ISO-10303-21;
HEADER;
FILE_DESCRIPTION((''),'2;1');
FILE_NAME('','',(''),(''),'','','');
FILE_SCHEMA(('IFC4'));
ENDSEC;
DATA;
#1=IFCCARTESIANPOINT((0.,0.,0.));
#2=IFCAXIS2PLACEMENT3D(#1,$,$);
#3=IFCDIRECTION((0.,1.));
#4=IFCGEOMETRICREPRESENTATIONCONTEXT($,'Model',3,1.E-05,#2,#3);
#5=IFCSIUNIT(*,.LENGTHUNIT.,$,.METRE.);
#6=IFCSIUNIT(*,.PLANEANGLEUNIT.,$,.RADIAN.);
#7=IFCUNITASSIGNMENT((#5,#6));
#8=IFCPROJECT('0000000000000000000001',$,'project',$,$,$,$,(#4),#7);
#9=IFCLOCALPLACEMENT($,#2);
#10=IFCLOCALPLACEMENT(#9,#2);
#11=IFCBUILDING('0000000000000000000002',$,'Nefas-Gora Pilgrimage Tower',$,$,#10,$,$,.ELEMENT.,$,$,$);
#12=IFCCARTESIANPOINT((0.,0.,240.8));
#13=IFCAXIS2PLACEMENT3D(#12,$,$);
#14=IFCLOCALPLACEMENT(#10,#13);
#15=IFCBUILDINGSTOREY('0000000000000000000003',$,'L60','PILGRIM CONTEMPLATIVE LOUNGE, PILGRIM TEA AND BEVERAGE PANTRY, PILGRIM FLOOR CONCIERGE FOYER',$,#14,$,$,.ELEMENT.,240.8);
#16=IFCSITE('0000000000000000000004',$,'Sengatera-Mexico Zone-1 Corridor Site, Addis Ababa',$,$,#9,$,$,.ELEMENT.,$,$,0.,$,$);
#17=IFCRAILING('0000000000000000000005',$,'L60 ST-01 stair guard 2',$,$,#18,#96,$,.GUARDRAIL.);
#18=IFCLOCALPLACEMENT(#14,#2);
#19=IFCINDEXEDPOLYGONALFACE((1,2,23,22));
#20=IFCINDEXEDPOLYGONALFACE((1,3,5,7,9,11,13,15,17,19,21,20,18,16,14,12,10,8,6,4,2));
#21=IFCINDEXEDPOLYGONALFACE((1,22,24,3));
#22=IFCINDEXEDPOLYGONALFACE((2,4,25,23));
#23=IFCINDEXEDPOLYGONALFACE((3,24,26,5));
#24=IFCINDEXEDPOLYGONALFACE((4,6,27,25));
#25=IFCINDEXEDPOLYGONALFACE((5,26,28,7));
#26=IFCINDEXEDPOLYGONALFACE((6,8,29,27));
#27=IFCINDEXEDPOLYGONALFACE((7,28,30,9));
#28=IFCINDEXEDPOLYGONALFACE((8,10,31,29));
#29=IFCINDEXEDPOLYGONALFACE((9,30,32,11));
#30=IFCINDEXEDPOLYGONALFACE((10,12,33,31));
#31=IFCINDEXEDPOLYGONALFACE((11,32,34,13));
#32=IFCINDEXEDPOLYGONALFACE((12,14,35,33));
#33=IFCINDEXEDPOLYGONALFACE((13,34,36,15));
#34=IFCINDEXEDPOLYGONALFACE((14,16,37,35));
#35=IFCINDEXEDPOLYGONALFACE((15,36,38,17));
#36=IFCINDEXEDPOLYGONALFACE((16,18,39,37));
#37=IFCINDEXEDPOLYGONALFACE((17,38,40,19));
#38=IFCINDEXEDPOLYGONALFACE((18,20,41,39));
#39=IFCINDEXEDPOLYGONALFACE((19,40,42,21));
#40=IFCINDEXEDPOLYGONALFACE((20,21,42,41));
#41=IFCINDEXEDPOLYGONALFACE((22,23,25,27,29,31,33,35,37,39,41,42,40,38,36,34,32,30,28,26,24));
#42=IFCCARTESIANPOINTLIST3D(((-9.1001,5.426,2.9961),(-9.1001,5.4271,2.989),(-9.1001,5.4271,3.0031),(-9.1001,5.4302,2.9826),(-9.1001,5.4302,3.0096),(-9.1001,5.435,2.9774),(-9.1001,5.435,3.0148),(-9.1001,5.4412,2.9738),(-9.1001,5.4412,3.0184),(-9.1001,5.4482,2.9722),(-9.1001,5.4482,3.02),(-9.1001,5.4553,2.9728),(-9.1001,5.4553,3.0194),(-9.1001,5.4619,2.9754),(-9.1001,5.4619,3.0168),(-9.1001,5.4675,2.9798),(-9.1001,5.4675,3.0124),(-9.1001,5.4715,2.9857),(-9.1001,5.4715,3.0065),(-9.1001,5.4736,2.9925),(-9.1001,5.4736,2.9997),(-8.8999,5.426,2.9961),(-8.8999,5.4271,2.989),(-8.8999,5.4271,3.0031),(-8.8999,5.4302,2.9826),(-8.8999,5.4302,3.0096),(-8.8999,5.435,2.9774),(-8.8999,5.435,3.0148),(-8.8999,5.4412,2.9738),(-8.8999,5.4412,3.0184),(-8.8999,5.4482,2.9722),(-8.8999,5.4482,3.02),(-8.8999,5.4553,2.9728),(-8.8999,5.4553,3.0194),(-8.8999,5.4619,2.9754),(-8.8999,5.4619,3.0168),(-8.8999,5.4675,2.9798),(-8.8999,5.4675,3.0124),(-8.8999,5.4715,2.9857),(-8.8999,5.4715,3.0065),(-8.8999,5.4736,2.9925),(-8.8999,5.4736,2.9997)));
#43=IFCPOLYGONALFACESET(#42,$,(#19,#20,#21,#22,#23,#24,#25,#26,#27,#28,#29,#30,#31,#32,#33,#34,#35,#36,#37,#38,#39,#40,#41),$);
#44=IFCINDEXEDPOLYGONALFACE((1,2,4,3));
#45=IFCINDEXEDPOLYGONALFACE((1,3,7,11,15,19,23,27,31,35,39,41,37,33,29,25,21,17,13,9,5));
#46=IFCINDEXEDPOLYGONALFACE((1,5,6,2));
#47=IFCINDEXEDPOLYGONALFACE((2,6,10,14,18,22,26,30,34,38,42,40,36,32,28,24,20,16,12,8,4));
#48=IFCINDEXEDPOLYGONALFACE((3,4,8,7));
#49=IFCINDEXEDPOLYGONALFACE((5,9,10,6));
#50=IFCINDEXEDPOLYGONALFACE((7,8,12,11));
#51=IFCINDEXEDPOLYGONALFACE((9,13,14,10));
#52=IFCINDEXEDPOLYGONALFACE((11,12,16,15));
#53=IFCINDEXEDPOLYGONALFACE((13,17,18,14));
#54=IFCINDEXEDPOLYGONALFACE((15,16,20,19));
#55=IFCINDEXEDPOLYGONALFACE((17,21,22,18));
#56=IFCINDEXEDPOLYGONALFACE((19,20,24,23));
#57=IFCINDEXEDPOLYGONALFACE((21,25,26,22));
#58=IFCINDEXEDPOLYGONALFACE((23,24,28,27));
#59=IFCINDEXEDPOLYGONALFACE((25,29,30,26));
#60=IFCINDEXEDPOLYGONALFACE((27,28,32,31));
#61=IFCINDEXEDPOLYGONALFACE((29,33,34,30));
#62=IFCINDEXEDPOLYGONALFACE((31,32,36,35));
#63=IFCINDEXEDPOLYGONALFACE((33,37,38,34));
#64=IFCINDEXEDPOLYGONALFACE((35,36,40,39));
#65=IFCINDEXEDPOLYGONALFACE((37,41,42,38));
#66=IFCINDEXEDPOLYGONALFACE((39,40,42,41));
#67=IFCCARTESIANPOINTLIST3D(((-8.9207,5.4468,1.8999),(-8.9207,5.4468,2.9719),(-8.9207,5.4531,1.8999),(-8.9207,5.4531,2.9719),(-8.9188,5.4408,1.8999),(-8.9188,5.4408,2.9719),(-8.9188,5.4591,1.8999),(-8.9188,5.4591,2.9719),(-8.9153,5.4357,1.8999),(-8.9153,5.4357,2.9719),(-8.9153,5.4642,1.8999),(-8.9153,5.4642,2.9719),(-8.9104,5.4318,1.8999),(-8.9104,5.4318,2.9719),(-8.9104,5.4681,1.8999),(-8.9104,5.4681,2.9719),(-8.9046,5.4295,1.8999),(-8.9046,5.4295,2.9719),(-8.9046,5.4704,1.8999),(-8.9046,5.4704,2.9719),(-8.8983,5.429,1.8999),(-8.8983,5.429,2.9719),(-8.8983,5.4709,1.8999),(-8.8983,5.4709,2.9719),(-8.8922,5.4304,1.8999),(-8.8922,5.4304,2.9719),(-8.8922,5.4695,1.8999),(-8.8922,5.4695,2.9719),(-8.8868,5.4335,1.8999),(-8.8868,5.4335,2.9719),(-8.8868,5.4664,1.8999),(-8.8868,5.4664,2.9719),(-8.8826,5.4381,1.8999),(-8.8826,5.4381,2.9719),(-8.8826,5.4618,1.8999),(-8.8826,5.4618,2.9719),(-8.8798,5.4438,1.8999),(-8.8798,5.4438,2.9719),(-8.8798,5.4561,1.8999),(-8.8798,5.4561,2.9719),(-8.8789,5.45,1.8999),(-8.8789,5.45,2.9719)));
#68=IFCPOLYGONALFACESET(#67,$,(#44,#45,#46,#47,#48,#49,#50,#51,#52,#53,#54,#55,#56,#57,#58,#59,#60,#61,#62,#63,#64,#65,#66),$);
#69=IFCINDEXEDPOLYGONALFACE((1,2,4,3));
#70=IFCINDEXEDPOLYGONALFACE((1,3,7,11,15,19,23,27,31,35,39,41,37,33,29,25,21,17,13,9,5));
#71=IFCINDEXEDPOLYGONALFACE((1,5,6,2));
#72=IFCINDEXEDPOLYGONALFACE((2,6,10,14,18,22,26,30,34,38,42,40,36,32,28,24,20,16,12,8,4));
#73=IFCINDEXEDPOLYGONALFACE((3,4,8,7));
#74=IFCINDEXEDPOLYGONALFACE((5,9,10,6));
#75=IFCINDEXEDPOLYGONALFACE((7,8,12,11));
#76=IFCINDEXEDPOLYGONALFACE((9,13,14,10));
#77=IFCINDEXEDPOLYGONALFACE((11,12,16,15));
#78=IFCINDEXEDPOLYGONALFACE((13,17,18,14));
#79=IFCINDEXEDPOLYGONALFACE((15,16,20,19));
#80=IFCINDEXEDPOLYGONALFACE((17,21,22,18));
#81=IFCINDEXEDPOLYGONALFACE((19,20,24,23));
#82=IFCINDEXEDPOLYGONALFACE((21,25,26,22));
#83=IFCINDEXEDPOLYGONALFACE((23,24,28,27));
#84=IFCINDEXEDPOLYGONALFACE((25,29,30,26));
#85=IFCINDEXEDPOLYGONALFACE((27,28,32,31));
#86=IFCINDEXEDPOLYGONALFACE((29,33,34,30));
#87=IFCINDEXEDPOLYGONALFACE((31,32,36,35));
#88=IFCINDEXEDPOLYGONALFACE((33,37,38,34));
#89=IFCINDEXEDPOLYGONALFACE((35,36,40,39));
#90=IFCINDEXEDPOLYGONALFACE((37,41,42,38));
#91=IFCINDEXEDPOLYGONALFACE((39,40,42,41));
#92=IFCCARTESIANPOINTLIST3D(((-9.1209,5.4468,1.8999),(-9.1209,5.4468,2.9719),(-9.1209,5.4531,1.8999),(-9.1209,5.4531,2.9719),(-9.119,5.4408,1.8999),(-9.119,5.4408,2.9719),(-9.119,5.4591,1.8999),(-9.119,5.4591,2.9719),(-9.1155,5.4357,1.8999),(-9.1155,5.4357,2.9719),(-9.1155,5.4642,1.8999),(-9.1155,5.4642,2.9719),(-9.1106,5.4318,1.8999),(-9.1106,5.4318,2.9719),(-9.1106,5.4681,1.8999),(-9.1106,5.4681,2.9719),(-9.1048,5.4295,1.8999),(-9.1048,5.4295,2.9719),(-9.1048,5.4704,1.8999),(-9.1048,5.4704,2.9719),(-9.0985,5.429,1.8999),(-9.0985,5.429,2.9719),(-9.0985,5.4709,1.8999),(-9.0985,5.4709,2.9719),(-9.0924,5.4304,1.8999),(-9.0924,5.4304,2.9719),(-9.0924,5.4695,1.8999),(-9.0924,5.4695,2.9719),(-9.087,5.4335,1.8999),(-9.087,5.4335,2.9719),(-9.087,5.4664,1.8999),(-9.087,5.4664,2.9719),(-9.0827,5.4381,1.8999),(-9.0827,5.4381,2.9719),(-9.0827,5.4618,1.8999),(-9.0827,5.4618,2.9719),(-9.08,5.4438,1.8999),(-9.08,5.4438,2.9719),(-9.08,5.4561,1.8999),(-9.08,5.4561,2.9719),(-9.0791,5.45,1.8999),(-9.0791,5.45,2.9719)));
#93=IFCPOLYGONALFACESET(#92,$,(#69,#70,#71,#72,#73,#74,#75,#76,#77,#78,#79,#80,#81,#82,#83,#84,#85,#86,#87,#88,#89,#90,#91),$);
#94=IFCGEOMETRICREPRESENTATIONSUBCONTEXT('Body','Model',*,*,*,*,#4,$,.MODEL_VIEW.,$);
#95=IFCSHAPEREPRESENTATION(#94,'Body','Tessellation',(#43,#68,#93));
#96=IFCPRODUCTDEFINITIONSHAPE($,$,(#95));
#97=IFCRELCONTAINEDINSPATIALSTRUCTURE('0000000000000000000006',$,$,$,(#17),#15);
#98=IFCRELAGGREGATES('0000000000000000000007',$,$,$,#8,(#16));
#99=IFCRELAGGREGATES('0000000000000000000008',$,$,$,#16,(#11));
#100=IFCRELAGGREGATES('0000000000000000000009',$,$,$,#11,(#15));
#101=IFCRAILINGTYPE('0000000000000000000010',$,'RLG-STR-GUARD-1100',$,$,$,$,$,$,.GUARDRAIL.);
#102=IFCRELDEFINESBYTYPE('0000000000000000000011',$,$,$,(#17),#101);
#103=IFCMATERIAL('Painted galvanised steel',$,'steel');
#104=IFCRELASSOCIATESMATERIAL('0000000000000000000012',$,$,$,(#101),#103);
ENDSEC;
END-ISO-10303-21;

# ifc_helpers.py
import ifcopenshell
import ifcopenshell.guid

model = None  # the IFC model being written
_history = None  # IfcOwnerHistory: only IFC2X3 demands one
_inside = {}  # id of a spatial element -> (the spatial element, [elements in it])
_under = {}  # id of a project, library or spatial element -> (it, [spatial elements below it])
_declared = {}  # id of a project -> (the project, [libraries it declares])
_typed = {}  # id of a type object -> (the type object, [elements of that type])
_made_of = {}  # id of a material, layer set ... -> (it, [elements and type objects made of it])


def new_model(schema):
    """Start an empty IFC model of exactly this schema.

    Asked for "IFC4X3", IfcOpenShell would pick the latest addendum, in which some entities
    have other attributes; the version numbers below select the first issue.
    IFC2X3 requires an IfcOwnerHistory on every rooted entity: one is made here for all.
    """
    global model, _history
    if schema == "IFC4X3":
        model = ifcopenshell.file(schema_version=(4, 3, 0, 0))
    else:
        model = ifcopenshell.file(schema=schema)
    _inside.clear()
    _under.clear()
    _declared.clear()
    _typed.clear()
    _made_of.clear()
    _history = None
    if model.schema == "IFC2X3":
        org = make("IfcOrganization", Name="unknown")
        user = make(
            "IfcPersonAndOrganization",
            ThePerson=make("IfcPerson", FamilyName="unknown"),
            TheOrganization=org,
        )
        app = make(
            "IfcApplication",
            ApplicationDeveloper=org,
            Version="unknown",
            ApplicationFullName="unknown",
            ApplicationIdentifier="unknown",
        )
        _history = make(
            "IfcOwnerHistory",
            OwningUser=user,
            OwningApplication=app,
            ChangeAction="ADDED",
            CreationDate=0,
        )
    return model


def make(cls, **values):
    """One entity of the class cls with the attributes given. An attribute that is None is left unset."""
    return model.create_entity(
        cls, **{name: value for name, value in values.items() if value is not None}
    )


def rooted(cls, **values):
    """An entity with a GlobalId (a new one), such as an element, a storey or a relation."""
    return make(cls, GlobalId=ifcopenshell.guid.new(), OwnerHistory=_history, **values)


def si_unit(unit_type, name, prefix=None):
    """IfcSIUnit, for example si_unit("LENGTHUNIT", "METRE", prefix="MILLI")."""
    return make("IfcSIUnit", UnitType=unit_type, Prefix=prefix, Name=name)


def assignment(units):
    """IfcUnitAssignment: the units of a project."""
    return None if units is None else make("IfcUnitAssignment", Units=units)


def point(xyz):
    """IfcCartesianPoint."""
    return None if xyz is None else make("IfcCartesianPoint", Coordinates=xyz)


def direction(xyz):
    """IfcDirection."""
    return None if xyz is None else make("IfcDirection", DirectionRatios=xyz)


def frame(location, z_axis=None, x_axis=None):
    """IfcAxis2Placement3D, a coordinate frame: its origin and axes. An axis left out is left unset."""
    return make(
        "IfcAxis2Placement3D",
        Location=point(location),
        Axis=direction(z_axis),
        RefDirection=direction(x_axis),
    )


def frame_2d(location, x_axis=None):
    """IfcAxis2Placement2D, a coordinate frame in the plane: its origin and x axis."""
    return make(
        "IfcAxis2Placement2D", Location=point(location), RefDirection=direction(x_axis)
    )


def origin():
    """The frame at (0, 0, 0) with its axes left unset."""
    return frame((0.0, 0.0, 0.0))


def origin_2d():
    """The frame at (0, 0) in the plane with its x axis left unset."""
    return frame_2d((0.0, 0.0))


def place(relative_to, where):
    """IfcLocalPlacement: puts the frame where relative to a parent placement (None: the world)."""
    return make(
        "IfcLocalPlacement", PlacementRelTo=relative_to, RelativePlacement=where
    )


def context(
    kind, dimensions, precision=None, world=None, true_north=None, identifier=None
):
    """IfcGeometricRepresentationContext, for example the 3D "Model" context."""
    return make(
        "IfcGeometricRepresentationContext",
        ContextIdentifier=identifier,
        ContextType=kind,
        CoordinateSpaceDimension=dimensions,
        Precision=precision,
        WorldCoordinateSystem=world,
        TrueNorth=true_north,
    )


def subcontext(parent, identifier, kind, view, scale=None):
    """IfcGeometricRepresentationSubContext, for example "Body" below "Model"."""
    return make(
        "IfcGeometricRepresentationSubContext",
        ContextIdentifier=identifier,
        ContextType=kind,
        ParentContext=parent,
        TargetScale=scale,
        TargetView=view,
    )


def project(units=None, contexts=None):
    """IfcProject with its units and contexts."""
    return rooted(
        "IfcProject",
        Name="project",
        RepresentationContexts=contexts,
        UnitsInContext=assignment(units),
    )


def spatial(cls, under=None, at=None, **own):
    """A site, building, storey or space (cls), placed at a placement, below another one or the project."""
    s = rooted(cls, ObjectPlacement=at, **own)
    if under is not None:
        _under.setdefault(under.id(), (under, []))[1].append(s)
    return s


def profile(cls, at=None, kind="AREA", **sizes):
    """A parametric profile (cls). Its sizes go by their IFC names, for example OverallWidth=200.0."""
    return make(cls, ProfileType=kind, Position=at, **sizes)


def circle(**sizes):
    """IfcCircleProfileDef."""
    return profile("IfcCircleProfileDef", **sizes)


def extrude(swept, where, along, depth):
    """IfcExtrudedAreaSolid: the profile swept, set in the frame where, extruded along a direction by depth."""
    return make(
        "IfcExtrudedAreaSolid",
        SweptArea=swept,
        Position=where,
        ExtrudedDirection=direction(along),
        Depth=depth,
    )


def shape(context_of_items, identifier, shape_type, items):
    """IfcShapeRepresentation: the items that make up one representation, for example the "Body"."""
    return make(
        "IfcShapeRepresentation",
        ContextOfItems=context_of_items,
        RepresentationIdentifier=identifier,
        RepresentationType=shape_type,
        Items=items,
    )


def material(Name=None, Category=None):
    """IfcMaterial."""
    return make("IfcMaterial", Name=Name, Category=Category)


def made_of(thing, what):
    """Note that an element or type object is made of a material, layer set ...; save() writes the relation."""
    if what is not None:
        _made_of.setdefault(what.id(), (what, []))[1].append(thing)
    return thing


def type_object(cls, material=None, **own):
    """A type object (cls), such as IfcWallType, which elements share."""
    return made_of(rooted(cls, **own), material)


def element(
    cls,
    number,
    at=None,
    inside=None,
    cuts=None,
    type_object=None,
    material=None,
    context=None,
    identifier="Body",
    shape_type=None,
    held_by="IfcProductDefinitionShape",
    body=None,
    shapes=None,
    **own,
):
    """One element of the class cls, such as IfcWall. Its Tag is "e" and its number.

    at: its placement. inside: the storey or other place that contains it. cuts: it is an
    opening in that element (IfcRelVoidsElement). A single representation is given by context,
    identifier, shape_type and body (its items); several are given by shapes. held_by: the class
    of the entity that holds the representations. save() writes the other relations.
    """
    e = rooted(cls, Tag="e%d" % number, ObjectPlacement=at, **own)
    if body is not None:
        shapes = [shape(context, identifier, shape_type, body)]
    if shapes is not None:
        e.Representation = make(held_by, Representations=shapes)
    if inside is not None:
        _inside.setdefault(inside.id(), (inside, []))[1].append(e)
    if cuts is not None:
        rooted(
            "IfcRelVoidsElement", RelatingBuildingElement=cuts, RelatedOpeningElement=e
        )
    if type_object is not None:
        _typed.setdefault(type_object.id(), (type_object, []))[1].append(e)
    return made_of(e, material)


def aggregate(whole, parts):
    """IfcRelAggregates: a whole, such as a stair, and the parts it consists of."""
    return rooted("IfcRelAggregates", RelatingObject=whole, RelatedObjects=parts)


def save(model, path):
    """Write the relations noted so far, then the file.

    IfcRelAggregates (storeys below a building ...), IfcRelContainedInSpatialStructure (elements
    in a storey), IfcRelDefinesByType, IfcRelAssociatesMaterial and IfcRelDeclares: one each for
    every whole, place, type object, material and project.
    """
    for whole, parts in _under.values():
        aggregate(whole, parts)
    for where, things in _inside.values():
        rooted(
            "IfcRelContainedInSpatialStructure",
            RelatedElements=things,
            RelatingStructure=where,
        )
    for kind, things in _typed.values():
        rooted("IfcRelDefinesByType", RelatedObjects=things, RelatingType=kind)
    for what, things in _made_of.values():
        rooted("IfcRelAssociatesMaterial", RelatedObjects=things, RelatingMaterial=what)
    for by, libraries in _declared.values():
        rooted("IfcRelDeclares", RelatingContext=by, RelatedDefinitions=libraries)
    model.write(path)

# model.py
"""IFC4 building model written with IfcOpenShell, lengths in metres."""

from ifc_helpers import new_model, si_unit, direction, frame, origin, origin_2d, place, context, subcontext, project, spatial, circle, extrude, material, type_object, element, save


model = new_model("IFC4")

# Units and contexts
model_context = context("Model", 3, precision=1e-05, world=origin(), true_north=direction((0.0, 1.0)))
body_context = subcontext(model_context, "Body", "Model", "MODEL_VIEW")
ifc_project = project(units=[si_unit("LENGTHUNIT", "METRE"), si_unit("PLANEANGLEUNIT", "RADIAN")], contexts=[model_context])

# Site, building, storey
site_placement = place(None, origin())
site = spatial("IfcSite", under=ifc_project, at=site_placement, Name="Sengatera-Mexico Zone-1 Corridor Site, Addis Ababa", CompositionType="ELEMENT", RefElevation=0.0)
building_placement = place(site_placement, origin())
building = spatial("IfcBuilding", under=site, at=building_placement, Name="Nefas-Gora Pilgrimage Tower", CompositionType="ELEMENT")
storey_placement = place(building_placement, frame((0.0, 0.0, 240.8)))
storey = spatial("IfcBuildingStorey", under=building, at=storey_placement, Name="L60", Description="PILGRIM CONTEMPLATIVE LOUNGE, PILGRIM TEA AND BEVERAGE PANTRY, PILGRIM FLOOR CONCIERGE FOYER", CompositionType="ELEMENT", Elevation=240.8)

# Railing
ifc_material_1 = material(Name="Painted galvanised steel", Category="steel")
railing_type_1 = type_object("IfcRailingType", Name="RLG-STR-GUARD-1100", PredefinedType="GUARDRAIL", material=ifc_material_1)
railing_1_placement = place(storey_placement, frame((-8.8999, 5.45, 1.8999)))
element("IfcRailing", 1, at=railing_1_placement, inside=storey, type_object=railing_type_1, Name="L60 ST-01 stair guard 2", PredefinedType="GUARDRAIL", context=body_context, shape_type="SweptSolid", body=[
    extrude(circle(Radius=0.0239, at=origin_2d()), frame((0.0, 0.0, 1.0962), z_axis=(-1.0, 0.0, 0.0), x_axis=(0.0, -1.0, 0.0)), (0.0, 0.0, 1.0), 0.2002),
    extrude(circle(Radius=0.021, at=origin_2d()), origin(), (0.0, 0.0, 1.0), 1.072),
    extrude(circle(Radius=0.021, at=origin_2d()), frame((-0.2002, 0.0, 0.0)), (0.0, 0.0, 1.0), 1.072),
])

save(model, "model.ifc")
